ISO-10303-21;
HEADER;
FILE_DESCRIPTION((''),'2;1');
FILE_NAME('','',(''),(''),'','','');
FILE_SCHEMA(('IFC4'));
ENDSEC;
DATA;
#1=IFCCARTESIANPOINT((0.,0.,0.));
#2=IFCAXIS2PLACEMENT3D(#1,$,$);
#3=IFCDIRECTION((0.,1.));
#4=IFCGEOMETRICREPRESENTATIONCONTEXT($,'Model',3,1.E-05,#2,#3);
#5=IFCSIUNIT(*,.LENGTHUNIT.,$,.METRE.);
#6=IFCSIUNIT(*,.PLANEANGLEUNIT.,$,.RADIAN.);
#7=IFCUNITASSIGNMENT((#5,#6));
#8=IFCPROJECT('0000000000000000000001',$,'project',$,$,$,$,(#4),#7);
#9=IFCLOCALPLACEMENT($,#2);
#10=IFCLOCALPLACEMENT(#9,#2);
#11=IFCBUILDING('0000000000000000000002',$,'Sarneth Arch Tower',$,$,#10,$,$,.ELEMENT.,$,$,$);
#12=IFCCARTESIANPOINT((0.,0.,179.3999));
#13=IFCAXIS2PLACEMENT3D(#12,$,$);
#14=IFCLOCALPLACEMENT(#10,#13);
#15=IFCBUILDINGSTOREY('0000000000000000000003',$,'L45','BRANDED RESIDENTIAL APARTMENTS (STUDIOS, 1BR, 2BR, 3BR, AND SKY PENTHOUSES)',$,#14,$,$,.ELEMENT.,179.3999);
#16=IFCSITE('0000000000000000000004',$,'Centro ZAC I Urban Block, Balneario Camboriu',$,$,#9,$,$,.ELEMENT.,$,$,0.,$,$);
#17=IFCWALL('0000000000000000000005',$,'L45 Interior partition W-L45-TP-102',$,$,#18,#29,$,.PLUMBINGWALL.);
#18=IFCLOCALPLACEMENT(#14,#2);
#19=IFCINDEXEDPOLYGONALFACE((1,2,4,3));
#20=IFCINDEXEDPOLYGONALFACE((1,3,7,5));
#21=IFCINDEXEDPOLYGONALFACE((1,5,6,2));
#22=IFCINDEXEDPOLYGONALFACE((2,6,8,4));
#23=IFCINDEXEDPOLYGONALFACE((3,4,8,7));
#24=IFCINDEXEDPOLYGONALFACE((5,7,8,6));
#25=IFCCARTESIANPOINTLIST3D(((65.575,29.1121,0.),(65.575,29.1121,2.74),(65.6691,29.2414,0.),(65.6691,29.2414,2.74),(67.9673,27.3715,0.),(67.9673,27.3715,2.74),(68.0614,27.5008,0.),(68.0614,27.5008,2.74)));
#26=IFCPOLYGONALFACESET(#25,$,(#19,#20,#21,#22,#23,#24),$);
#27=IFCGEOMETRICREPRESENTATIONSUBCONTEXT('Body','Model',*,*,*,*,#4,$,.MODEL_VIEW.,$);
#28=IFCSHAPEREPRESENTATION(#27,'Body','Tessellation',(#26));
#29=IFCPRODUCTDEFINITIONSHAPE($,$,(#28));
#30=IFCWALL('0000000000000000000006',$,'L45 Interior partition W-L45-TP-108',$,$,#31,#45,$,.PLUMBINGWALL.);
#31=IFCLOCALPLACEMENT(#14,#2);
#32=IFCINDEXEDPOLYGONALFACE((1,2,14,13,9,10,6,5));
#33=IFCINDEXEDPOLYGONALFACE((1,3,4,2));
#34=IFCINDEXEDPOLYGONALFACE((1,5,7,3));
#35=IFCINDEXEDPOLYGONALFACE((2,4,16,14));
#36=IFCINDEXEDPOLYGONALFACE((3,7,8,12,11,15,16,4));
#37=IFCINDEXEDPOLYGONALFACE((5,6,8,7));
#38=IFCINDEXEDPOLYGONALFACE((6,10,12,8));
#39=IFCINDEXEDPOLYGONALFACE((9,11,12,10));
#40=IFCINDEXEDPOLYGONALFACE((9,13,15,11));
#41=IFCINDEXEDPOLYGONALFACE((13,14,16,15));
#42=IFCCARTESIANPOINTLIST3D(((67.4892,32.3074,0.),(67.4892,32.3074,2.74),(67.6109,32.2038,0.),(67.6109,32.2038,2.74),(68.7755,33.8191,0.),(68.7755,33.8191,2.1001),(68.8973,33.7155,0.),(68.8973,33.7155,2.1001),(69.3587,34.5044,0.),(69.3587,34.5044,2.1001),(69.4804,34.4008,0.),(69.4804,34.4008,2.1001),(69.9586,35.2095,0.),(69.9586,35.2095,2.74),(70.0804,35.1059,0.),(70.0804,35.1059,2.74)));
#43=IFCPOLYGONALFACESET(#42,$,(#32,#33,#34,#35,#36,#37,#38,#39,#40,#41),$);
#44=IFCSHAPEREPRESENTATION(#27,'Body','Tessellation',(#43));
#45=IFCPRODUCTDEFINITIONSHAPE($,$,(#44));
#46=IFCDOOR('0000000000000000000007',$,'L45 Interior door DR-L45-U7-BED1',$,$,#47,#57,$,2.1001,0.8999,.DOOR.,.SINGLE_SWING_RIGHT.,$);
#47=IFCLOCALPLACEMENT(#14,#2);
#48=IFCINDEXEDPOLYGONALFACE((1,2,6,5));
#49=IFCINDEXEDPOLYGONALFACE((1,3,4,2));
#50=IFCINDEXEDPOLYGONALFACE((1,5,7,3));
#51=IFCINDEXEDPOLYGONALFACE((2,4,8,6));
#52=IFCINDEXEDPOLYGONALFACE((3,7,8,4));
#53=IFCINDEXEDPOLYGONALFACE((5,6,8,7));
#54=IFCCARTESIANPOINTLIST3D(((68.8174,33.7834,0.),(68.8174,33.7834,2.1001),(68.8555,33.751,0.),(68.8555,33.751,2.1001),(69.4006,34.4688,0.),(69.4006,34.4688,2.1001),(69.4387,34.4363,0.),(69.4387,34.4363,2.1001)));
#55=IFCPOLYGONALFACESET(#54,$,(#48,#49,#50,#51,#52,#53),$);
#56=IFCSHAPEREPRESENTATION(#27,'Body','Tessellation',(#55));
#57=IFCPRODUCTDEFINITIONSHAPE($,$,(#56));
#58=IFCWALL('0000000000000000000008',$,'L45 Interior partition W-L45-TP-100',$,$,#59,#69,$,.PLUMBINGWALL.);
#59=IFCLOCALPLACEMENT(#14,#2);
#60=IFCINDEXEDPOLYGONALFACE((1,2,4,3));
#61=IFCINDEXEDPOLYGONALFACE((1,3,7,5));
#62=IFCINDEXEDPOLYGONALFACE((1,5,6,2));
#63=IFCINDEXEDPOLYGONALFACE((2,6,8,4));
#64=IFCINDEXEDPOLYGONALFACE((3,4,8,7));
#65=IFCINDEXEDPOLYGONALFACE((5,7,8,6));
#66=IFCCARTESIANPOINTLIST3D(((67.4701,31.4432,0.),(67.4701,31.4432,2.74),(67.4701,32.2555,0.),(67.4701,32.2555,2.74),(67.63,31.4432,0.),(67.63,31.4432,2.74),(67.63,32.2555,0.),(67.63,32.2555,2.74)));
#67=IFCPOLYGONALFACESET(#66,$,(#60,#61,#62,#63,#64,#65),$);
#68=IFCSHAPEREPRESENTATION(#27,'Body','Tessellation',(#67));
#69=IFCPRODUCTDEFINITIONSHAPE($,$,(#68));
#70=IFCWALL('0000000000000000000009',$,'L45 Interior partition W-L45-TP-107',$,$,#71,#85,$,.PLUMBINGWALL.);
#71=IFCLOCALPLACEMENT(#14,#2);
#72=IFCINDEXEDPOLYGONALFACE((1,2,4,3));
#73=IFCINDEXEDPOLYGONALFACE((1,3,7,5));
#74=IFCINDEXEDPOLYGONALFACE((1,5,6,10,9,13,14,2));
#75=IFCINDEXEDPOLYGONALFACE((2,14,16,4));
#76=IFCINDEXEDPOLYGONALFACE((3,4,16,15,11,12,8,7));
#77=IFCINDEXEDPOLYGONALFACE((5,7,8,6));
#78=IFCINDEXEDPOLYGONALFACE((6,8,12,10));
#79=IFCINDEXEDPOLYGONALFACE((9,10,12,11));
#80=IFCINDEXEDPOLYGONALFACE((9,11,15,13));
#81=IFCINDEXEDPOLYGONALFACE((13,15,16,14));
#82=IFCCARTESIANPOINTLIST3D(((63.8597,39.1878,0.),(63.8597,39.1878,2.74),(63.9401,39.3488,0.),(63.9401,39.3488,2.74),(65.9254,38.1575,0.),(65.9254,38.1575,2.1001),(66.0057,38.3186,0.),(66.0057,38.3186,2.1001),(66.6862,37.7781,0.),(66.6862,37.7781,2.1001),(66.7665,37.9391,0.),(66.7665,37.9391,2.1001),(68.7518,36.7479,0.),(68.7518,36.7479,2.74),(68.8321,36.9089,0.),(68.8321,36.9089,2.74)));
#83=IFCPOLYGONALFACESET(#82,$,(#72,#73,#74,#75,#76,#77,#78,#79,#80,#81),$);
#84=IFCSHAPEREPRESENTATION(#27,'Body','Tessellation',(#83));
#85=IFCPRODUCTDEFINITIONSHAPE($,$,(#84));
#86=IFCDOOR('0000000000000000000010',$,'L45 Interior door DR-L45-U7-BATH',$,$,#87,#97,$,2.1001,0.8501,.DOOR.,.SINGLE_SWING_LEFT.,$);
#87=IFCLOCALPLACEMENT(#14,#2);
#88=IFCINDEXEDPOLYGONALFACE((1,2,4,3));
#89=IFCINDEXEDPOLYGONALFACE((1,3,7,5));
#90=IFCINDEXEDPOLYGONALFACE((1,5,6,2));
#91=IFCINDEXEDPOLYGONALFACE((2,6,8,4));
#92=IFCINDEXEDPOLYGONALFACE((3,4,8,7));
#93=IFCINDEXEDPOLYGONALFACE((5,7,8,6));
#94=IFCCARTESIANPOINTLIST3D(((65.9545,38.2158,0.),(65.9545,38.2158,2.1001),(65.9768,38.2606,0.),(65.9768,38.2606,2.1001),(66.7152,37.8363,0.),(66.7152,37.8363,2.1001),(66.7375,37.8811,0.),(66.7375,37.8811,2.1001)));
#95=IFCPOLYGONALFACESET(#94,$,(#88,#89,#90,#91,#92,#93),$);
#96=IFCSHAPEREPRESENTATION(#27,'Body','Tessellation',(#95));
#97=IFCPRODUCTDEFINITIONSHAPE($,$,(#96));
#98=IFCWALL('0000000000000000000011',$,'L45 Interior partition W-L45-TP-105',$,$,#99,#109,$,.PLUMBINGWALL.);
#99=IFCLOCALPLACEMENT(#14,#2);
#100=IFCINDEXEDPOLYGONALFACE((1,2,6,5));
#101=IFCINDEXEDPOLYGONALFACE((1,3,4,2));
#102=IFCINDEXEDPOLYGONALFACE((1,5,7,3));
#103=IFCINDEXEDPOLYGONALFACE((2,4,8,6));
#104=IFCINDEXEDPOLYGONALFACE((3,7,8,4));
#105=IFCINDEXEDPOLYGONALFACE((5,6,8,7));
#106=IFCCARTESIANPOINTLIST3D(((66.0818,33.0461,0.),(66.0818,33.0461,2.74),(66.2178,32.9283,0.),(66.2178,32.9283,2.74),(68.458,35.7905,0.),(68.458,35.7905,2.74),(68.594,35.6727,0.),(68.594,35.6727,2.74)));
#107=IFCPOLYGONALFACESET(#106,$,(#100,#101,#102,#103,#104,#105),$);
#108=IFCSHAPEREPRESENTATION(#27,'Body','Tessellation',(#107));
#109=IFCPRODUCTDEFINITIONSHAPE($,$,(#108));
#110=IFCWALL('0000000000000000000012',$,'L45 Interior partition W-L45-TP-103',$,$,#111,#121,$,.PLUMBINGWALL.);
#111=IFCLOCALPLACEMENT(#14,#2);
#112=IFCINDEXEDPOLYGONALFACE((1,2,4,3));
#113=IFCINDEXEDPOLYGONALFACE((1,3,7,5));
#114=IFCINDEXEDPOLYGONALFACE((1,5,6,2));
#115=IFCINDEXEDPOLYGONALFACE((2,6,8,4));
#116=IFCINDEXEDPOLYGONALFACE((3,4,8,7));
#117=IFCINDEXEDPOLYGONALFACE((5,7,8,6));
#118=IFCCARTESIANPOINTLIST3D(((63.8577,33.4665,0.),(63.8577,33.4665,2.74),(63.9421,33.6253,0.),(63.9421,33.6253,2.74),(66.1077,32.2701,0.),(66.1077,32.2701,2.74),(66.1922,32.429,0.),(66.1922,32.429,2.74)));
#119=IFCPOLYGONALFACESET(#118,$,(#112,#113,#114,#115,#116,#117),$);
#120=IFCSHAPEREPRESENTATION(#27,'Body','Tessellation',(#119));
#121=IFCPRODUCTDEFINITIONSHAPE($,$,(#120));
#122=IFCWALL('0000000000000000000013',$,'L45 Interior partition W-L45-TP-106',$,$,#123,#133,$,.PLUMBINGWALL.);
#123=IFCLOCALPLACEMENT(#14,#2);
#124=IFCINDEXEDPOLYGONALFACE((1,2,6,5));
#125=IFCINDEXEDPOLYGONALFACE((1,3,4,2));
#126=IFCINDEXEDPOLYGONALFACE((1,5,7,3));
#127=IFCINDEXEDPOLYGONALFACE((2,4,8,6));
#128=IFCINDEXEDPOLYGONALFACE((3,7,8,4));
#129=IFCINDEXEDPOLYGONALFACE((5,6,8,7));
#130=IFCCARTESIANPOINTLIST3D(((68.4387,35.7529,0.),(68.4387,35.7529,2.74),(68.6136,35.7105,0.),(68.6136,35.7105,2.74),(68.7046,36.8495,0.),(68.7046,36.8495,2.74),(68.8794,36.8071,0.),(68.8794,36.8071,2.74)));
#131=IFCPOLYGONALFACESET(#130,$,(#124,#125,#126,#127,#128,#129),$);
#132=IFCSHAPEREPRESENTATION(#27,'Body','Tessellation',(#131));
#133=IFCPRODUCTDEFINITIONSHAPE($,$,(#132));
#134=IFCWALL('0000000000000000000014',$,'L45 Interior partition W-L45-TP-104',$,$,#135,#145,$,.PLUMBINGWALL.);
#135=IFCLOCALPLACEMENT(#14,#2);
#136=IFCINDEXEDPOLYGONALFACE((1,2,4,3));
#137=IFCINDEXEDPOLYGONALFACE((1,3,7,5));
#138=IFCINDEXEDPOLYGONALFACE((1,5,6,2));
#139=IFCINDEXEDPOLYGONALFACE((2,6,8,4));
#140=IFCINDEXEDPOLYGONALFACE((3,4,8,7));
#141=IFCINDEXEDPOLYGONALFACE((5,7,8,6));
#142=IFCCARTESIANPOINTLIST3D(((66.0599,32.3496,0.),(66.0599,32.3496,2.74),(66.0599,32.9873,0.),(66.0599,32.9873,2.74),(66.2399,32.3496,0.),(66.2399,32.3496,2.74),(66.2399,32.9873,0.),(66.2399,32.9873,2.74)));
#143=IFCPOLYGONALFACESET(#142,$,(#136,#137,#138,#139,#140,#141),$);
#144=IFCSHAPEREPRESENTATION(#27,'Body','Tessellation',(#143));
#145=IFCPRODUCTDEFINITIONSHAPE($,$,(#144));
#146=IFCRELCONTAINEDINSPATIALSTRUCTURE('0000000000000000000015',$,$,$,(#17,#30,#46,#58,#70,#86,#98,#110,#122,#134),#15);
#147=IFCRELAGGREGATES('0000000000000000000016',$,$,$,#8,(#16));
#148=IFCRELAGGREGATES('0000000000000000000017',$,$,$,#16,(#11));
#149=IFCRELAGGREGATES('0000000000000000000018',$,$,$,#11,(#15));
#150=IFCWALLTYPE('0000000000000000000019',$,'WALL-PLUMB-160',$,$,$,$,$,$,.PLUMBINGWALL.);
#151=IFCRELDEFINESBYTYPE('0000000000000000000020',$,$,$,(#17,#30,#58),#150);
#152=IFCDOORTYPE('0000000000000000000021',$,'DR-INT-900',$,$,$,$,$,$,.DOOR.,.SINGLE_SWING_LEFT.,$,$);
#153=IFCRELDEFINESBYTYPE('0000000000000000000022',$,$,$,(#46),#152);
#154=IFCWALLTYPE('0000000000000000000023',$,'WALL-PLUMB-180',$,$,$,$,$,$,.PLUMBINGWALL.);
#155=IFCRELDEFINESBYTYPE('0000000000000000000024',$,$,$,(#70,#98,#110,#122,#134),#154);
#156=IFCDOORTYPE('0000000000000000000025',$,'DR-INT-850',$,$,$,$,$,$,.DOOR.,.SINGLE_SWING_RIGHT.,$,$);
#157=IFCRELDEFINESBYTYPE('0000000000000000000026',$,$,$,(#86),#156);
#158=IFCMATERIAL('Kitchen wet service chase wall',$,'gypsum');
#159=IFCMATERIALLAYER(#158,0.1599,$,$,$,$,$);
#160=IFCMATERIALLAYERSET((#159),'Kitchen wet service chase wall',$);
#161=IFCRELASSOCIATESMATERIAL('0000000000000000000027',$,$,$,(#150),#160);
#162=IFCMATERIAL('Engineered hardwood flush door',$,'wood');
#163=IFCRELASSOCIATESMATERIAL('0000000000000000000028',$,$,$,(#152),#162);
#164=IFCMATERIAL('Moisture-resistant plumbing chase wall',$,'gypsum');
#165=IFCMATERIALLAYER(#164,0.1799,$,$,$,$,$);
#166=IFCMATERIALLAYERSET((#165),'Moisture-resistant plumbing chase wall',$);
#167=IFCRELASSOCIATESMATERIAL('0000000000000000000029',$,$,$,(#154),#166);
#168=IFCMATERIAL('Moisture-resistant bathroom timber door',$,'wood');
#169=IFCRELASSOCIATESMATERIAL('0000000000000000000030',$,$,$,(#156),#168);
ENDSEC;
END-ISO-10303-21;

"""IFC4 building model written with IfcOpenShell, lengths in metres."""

from ifc_helpers import new_model, si_unit, direction, frame, frame_2d, origin, place, context, subcontext, project, spatial, rectangle, extrude, material, layer, layer_set, type_object, element, fill, save


model = new_model("IFC4")

# Units and contexts
model_context = context("Model", 3, precision=1e-05, world=origin(), true_north=direction((0.0, 1.0)))
body_context = subcontext(model_context, "Body", "Model", "MODEL_VIEW")
ifc_project = project(units=[si_unit("LENGTHUNIT", "METRE"), si_unit("PLANEANGLEUNIT", "RADIAN")], contexts=[model_context])

# Site, building, storey
site_placement = place(None, origin())
site = spatial("IfcSite", under=ifc_project, at=site_placement, Name="Centro ZAC I Urban Block, Balneario Camboriu", CompositionType="ELEMENT", RefElevation=0.0)
building_placement = place(site_placement, origin())
building = spatial("IfcBuilding", under=site, at=building_placement, Name="Sarneth Arch Tower", CompositionType="ELEMENT")
storey_placement = place(building_placement, frame((0.0, 0.0, 179.3999)))
storey = spatial("IfcBuildingStorey", under=building, at=storey_placement, Name="L45", Description="BRANDED RESIDENTIAL APARTMENTS (STUDIOS, 1BR, 2BR, 3BR, AND SKY PENTHOUSES)", CompositionType="ELEMENT", Elevation=179.3999)

# Shared definitions
ifc_material_1 = material(Name="Kitchen wet service chase wall", Category="gypsum")
ifc_layer_1 = layer(ifc_material_1, 0.1599)
ifc_layer_set_1 = layer_set([ifc_layer_1], Name="Kitchen wet service chase wall")
wall_type_1 = type_object("IfcWallType", Name="WALL-PLUMB-160", PredefinedType="PLUMBINGWALL", material=ifc_layer_set_1)

# Shared definitions
ifc_material_2 = material(Name="Engineered hardwood flush door", Category="wood")
door_type_1 = type_object("IfcDoorType", Name="DR-INT-900", OperationType="SINGLE_SWING_LEFT", PredefinedType="DOOR", material=ifc_material_2)

# Wall
wall_1_placement = place(storey_placement, frame((65.6221, 29.1768, 0.0), z_axis=(0.0, 0.0, 1.0), x_axis=(0.8086, -0.588358, 0.0)))
element("IfcWall", 1, at=wall_1_placement, inside=storey, type_object=wall_type_1, Name="L45 Interior partition W-L45-TP-102", PredefinedType="PLUMBINGWALL", context=body_context, shape_type="SweptSolid", body=[
    extrude(rectangle(XDim=2.9585, YDim=0.1599, at=frame_2d((1.4792, 0.0))), origin(), (0.0, 0.0, 1.0), 2.74),
])

# Wall, opening, door
wall_2_placement = place(storey_placement, frame((67.55, 32.2556, 0.0), z_axis=(0.0, 0.0, 1.0), x_axis=(0.648059, 0.76159, 0.0)))
wall_2 = element("IfcWall", 2, at=wall_2_placement, inside=storey, type_object=wall_type_1, Name="L45 Interior partition W-L45-TP-108", PredefinedType="PLUMBINGWALL", context=body_context, shape_type="SweptSolid", body=[
    extrude(rectangle(XDim=3.8105, YDim=0.1599, at=frame_2d((1.9053, 0.0))), origin(), (0.0, 0.0, 1.0), 2.74),
])
opening_1_placement = place(wall_2_placement, frame((1.9849, 0.0, 0.0)))
opening_1 = element("IfcOpeningElement", 3, at=opening_1_placement, cuts=wall_2, PredefinedType="OPENING", context=body_context, shape_type="SweptSolid", body=[
    extrude(rectangle(XDim=0.8999, YDim=2.1001, at=frame_2d((0.45, 1.05))), frame((0.0, 0.0898, 0.0), z_axis=(0.0, -1.0, 0.0), x_axis=(1.0, 0.0, 0.0)), (0.0, 0.0, 1.0), 0.1799),
])
door_1_placement = place(opening_1_placement, origin())
door_1 = element("IfcDoor", 4, at=door_1_placement, inside=storey, type_object=door_type_1, Name="L45 Interior door DR-L45-U7-BED1", OperationType="SINGLE_SWING_RIGHT", OverallHeight=2.1001, OverallWidth=0.8999, PredefinedType="DOOR", context=body_context, shape_type="SweptSolid", body=[
    extrude(rectangle(XDim=0.8999, YDim=2.1001, at=frame_2d((0.45, 1.05))), frame((0.0, 0.0249, 0.0), z_axis=(0.0, -1.0, 0.0), x_axis=(1.0, 0.0, 0.0)), (0.0, 0.0, 1.0), 0.05),
])
fill(opening_1, door_1)

# Wall
wall_3_placement = place(storey_placement, frame((67.55, 32.2556, 0.0), z_axis=(0.0, 0.0, 1.0), x_axis=(0.0, -1.0, 0.0)))
element("IfcWall", 5, at=wall_3_placement, inside=storey, type_object=wall_type_1, Name="L45 Interior partition W-L45-TP-100", PredefinedType="PLUMBINGWALL", context=body_context, shape_type="SweptSolid", body=[
    extrude(rectangle(XDim=0.8123, YDim=0.1599, at=frame_2d((0.4062, 0.0))), origin(), (0.0, 0.0, 1.0), 2.74),
])

# Wall, opening, door
ifc_material_3 = material(Name="Moisture-resistant plumbing chase wall", Category="gypsum")
ifc_layer_2 = layer(ifc_material_3, 0.1799)
ifc_layer_set_2 = layer_set([ifc_layer_2], Name="Moisture-resistant plumbing chase wall")
wall_type_2 = type_object("IfcWallType", Name="WALL-PLUMB-180", PredefinedType="PLUMBINGWALL", material=ifc_layer_set_2)
wall_4_placement = place(storey_placement, frame((68.792, 36.8284, 0.0), z_axis=(0.0, 0.0, 1.0), x_axis=(-0.894873, 0.44632, 0.0)))
wall_4 = element("IfcWall", 6, at=wall_4_placement, inside=storey, type_object=wall_type_2, Name="L45 Interior partition W-L45-TP-107", PredefinedType="PLUMBINGWALL", context=body_context, shape_type="SweptSolid", body=[
    extrude(rectangle(XDim=5.4668, YDim=0.1799, at=frame_2d((2.7334, 0.0))), origin(), (0.0, 0.0, 1.0), 2.74),
])
opening_2_placement = place(wall_4_placement, frame((2.3083, 0.0, 0.0)))
opening_2 = element("IfcOpeningElement", 7, at=opening_2_placement, cuts=wall_4, PredefinedType="OPENING", context=body_context, shape_type="SweptSolid", body=[
    extrude(rectangle(XDim=0.8501, YDim=2.1001, at=frame_2d((0.425, 1.05))), frame((0.0, 0.0999, 0.0), z_axis=(0.0, -1.0, 0.0), x_axis=(1.0, 0.0, 0.0)), (0.0, 0.0, 1.0), 0.2),
])
ifc_material_4 = material(Name="Moisture-resistant bathroom timber door", Category="wood")
door_type_2 = type_object("IfcDoorType", Name="DR-INT-850", OperationType="SINGLE_SWING_RIGHT", PredefinedType="DOOR", material=ifc_material_4)
door_2_placement = place(opening_2_placement, origin())
door_2 = element("IfcDoor", 8, at=door_2_placement, inside=storey, type_object=door_type_2, Name="L45 Interior door DR-L45-U7-BATH", OperationType="SINGLE_SWING_LEFT", OverallHeight=2.1001, OverallWidth=0.8501, PredefinedType="DOOR", context=body_context, shape_type="SweptSolid", body=[
    extrude(rectangle(XDim=0.8501, YDim=2.1001, at=frame_2d((0.425, 1.05))), frame((0.0, 0.0249, 0.0), z_axis=(0.0, -1.0, 0.0), x_axis=(1.0, 0.0, 0.0)), (0.0, 0.0, 1.0), 0.05),
])
fill(opening_2, door_2)

# Walls
wall_5_placement = place(storey_placement, frame((66.1499, 32.9873, 0.0), z_axis=(0.0, 0.0, 1.0), x_axis=(0.654577, 0.755995, 0.0)))
element("IfcWall", 9, at=wall_5_placement, inside=storey, type_object=wall_type_2, Name="L45 Interior partition W-L45-TP-105", PredefinedType="PLUMBINGWALL", context=body_context, shape_type="SweptSolid", body=[
    extrude(rectangle(XDim=3.6301, YDim=0.1799, at=frame_2d((1.8149, 0.0))), origin(), (0.0, 0.0, 1.0), 2.74),
])
wall_6_placement = place(storey_placement, frame((63.8999, 33.5459, 0.0), z_axis=(0.0, 0.0, 1.0), x_axis=(0.882957, -0.469454, 0.0)))
element("IfcWall", 10, at=wall_6_placement, inside=storey, type_object=wall_type_2, Name="L45 Interior partition W-L45-TP-103", PredefinedType="PLUMBINGWALL", context=body_context, shape_type="SweptSolid", body=[
    extrude(rectangle(XDim=2.5483, YDim=0.1799, at=frame_2d((1.2742, 0.0))), origin(), (0.0, 0.0, 1.0), 2.74),
])
wall_7_placement = place(storey_placement, frame((68.5261, 35.7317, 0.0), z_axis=(0.0, 0.0, 1.0), x_axis=(0.235606, 0.971849, 0.0)))
element("IfcWall", 11, at=wall_7_placement, inside=storey, type_object=wall_type_2, Name="L45 Interior partition W-L45-TP-106", PredefinedType="PLUMBINGWALL", context=body_context, shape_type="SweptSolid", body=[
    extrude(rectangle(XDim=1.1284, YDim=0.1799, at=frame_2d((0.5642, 0.0))), origin(), (0.0, 0.0, 1.0), 2.74),
])
wall_8_placement = place(storey_placement, frame((66.1499, 32.3496, 0.0), z_axis=(0.0, 0.0, 1.0), x_axis=(0.0, 1.0, 0.0)))
element("IfcWall", 12, at=wall_8_placement, inside=storey, type_object=wall_type_2, Name="L45 Interior partition W-L45-TP-104", PredefinedType="PLUMBINGWALL", context=body_context, shape_type="SweptSolid", body=[
    extrude(rectangle(XDim=0.6377, YDim=0.1799, at=frame_2d((0.3188, 0.0))), origin(), (0.0, 0.0, 1.0), 2.74),
])

save(model, "model.ifc")
